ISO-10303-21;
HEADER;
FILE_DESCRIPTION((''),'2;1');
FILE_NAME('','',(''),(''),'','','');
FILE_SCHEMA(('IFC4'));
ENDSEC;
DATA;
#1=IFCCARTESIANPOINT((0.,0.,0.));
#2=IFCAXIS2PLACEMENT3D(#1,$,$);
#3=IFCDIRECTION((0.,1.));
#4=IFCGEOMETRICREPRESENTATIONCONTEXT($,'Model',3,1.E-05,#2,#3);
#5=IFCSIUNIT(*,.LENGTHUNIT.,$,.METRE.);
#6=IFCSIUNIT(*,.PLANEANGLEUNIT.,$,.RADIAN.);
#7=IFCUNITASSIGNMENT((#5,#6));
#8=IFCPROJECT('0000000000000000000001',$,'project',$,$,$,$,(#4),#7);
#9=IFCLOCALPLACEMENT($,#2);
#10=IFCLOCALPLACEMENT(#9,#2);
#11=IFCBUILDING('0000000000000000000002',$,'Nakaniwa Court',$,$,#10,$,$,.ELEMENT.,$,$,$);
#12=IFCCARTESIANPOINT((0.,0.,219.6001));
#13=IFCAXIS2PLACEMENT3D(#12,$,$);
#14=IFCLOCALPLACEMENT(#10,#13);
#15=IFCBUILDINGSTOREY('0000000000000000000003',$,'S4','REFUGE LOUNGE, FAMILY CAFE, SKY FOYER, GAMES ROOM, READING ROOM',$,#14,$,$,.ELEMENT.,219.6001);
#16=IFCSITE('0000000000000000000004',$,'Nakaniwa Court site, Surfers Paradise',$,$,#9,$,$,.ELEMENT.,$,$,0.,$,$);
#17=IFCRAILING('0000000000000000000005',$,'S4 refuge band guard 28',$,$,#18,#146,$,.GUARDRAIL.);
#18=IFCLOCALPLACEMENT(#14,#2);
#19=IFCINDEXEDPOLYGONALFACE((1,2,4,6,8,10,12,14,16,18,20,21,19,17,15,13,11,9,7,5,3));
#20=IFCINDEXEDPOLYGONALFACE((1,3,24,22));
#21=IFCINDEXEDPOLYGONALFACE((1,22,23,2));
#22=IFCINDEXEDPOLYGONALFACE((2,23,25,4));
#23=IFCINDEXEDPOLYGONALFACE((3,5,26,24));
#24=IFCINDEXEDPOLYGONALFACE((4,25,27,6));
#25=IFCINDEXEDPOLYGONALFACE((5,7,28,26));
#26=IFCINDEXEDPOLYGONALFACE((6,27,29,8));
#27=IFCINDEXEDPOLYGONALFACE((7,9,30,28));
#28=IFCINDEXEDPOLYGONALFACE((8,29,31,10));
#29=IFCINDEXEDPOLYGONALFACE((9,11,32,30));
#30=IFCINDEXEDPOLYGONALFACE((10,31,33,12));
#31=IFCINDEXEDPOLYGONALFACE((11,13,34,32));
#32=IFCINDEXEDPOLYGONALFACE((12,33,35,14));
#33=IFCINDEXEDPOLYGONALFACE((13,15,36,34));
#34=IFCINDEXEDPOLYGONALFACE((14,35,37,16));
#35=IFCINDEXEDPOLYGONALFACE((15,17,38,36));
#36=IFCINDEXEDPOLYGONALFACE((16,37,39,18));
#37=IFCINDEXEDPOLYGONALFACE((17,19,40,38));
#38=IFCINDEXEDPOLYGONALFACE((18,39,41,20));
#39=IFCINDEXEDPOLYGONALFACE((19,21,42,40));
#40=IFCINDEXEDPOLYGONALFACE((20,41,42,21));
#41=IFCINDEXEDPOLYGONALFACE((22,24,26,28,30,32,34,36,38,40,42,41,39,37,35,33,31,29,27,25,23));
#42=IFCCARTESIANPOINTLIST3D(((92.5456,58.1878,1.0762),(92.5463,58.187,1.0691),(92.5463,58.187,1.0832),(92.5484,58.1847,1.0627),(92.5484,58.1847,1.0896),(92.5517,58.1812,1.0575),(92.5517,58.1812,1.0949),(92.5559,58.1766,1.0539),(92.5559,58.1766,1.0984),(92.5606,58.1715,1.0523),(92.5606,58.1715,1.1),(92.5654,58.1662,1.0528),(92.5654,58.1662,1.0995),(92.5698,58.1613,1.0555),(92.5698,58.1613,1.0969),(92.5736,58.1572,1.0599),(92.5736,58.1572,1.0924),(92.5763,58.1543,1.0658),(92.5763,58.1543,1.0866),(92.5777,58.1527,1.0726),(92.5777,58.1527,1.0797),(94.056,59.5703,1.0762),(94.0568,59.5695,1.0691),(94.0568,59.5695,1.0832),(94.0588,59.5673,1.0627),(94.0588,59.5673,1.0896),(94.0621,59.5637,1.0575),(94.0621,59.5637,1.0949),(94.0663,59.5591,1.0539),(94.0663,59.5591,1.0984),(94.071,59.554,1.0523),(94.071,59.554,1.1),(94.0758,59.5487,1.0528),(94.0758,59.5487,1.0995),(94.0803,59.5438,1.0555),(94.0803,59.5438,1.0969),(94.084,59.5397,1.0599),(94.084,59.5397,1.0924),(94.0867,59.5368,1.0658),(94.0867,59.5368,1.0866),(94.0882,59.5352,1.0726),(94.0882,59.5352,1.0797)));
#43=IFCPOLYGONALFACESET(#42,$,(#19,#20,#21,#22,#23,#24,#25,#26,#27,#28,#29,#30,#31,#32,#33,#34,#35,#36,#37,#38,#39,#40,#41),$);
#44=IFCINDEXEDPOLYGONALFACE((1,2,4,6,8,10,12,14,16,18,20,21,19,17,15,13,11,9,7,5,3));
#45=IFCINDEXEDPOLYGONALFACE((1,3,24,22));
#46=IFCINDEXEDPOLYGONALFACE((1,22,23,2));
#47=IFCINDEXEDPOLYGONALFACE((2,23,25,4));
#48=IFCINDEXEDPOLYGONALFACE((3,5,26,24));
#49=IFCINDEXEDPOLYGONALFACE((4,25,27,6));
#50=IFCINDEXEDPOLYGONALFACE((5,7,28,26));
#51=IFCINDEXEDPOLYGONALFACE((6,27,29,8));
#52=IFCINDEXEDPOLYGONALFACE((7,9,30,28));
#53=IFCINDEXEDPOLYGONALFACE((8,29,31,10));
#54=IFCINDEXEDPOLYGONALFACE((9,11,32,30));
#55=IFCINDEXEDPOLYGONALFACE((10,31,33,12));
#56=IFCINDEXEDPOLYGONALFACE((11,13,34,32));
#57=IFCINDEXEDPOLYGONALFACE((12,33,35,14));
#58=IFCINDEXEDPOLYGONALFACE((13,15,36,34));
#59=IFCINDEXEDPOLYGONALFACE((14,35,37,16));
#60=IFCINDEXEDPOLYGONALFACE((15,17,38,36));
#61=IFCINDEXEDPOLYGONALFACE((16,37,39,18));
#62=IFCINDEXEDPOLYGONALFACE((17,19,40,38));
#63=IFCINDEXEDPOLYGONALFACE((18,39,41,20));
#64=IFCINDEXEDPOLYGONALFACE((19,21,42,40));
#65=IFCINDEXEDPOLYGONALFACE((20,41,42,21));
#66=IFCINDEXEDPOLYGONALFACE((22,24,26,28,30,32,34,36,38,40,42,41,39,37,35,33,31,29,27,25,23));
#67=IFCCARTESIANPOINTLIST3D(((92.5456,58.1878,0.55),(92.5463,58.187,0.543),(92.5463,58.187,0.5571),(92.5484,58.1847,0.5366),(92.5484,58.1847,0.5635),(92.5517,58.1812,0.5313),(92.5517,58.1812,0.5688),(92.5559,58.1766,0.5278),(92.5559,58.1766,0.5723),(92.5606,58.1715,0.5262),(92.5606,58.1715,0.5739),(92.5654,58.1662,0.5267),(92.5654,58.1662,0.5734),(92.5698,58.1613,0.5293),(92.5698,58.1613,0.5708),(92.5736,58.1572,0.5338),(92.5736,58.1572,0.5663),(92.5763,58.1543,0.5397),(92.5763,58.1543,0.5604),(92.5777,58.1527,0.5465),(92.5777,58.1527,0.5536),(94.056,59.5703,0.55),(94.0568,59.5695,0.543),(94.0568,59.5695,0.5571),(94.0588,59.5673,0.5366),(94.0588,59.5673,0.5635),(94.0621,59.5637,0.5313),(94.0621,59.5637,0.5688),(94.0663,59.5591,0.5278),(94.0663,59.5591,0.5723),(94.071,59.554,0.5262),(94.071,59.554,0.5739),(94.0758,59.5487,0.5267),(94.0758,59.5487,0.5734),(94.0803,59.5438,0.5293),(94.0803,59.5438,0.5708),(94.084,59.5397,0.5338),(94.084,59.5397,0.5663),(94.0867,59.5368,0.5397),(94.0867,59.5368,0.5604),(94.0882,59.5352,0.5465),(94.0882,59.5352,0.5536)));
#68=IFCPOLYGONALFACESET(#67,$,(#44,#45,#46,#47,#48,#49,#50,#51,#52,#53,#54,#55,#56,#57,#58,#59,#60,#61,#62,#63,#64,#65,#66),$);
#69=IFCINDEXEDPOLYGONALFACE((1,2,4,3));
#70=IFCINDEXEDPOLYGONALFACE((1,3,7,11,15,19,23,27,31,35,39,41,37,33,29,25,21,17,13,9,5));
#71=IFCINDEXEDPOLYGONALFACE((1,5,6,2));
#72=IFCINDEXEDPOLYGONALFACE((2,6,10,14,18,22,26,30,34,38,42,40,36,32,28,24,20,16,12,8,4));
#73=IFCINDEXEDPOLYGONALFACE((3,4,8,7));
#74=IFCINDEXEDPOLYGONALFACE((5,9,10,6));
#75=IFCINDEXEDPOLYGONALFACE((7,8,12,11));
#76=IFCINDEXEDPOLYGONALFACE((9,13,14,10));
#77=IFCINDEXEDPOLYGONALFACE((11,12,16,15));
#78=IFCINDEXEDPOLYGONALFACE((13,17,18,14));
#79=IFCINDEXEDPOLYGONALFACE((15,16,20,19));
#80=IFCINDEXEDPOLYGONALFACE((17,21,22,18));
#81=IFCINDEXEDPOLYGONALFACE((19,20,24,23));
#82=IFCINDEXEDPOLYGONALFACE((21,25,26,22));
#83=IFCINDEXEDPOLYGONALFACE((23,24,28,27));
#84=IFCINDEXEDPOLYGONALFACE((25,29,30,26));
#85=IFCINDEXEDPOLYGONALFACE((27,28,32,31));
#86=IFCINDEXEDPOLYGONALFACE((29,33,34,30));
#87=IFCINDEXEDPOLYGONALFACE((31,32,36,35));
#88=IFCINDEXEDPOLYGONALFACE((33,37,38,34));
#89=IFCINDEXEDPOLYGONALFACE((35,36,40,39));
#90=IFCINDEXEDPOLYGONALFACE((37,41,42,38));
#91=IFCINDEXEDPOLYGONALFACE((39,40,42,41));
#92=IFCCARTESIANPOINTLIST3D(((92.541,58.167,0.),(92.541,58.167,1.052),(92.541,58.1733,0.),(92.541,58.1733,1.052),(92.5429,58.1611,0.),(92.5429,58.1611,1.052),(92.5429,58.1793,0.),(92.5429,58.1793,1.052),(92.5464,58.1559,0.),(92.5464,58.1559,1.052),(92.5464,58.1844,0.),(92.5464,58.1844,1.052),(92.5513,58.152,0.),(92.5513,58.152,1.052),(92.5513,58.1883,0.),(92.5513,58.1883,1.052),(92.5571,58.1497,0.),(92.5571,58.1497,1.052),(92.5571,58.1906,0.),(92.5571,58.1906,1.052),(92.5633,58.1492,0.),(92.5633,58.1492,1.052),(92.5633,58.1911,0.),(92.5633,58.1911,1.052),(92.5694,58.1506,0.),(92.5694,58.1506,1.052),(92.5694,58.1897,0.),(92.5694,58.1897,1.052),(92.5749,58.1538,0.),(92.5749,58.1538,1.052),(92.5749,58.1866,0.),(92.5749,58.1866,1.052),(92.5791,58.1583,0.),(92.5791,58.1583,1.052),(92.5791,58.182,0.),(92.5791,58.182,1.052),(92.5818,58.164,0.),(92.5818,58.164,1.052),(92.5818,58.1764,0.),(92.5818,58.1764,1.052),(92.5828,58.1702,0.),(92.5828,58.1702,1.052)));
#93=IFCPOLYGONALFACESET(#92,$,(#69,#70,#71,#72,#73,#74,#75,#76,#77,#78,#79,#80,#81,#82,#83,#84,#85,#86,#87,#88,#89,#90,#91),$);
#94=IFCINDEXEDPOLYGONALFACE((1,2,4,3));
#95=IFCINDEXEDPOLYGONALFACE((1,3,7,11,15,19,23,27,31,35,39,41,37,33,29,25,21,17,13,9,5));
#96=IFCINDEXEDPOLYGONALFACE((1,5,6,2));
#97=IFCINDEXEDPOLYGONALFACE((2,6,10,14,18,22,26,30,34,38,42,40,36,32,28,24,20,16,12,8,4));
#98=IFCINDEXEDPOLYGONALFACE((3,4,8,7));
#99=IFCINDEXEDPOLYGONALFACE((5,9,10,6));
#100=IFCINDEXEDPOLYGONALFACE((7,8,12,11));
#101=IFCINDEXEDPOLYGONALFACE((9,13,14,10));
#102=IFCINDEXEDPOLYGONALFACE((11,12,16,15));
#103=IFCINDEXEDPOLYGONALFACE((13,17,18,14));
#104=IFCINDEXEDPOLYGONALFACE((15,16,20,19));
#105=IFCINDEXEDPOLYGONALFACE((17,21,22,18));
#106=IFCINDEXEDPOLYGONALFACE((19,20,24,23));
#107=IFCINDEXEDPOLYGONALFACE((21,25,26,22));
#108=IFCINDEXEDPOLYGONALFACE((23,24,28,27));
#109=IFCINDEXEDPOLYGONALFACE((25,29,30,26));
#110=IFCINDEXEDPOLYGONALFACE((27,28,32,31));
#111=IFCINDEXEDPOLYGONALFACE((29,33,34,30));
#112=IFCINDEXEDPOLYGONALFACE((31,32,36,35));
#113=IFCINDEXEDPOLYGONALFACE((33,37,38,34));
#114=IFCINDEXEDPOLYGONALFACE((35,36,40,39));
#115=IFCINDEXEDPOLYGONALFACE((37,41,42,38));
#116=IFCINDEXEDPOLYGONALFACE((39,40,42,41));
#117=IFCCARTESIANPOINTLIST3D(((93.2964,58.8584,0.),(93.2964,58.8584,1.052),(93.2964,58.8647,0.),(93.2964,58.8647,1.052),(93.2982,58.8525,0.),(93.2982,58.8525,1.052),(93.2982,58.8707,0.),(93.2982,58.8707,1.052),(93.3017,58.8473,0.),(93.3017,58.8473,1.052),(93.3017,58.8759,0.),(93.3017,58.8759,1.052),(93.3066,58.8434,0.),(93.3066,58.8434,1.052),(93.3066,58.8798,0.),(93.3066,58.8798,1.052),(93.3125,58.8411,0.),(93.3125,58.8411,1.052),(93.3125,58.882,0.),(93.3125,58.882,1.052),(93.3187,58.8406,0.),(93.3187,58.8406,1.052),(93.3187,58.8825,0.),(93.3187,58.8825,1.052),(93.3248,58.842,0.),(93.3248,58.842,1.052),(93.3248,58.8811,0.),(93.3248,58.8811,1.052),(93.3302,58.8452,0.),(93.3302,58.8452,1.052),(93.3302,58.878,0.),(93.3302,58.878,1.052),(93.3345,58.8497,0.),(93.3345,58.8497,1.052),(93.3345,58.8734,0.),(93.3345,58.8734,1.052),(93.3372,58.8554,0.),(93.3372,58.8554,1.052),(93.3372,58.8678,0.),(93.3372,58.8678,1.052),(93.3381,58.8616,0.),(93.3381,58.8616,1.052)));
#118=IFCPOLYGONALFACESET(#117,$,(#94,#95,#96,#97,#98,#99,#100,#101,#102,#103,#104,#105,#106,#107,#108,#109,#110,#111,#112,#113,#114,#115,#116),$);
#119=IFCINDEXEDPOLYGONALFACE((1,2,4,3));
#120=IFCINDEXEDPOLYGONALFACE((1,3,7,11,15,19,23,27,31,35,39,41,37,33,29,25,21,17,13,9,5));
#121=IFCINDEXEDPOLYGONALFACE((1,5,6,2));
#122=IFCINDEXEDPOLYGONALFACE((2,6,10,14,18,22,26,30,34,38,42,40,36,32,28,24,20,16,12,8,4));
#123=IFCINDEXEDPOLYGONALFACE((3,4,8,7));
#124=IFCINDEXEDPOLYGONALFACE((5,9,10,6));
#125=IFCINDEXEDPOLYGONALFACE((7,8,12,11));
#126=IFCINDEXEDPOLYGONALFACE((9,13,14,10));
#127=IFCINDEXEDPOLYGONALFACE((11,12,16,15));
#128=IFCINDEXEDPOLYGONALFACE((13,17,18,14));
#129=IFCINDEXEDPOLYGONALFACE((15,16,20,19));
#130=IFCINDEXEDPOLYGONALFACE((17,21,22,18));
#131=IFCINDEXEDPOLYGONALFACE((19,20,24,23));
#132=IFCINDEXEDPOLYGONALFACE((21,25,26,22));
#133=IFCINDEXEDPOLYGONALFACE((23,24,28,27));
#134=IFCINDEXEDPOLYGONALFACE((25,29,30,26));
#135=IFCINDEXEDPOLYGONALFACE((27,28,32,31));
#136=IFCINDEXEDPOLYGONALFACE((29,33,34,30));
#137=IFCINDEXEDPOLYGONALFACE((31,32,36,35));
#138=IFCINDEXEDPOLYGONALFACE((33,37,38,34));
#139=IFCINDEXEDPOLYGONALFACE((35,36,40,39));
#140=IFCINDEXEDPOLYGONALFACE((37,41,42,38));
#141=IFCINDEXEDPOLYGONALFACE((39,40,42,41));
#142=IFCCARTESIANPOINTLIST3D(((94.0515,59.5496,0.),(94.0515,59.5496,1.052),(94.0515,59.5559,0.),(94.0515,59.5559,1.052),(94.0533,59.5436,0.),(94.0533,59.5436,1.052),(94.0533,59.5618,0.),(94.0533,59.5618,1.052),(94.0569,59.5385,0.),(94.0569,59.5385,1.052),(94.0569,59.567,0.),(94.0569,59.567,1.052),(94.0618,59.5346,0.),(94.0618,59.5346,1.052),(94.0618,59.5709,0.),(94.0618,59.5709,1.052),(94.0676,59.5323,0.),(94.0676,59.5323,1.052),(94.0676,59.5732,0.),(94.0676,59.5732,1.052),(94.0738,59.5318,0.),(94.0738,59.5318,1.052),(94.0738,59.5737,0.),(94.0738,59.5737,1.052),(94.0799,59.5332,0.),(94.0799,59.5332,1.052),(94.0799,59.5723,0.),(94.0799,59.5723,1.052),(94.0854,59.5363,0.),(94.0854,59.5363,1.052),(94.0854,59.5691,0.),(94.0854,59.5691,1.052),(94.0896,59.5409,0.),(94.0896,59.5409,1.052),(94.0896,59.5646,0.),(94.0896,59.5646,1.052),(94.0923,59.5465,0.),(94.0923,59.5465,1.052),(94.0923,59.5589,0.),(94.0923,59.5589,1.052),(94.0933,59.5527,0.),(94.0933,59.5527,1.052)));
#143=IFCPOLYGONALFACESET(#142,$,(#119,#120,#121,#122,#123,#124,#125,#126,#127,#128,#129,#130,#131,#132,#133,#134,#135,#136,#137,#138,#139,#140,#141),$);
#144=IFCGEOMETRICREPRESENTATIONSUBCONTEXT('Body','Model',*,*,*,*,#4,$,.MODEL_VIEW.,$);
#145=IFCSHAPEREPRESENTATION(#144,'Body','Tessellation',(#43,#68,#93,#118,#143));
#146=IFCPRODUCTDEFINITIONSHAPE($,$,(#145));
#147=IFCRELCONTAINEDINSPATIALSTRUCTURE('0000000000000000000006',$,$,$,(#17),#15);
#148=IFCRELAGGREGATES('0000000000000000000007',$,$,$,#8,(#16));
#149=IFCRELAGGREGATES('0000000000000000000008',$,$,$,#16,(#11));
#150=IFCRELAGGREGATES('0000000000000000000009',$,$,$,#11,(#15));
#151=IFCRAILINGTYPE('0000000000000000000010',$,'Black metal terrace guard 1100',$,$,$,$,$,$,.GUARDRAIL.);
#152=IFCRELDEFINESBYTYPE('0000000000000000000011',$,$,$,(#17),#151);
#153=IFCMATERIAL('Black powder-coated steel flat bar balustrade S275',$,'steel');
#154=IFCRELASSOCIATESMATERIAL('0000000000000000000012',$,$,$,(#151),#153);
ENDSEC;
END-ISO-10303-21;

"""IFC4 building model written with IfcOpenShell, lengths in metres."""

from ifc_helpers import new_model, si_unit, direction, frame, origin, origin_2d, place, context, subcontext, project, spatial, circle, extrude, material, type_object, element, save


model = new_model("IFC4")

# Units and contexts
model_context = context("Model", 3, precision=1e-05, world=origin(), true_north=direction((0.0, 1.0)))
body_context = subcontext(model_context, "Body", "Model", "MODEL_VIEW")
ifc_project = project(units=[si_unit("LENGTHUNIT", "METRE"), si_unit("PLANEANGLEUNIT", "RADIAN")], contexts=[model_context])

# Site, building, storey
site_placement = place(None, origin())
site = spatial("IfcSite", under=ifc_project, at=site_placement, Name="Nakaniwa Court site, Surfers Paradise", CompositionType="ELEMENT", RefElevation=0.0)
building_placement = place(site_placement, origin())
building = spatial("IfcBuilding", under=site, at=building_placement, Name="Nakaniwa Court", CompositionType="ELEMENT")
storey_placement = place(building_placement, frame((0.0, 0.0, 219.6001)))
storey = spatial("IfcBuildingStorey", under=building, at=storey_placement, Name="S4", Description="REFUGE LOUNGE, FAMILY CAFE, SKY FOYER, GAMES ROOM, READING ROOM", CompositionType="ELEMENT", Elevation=219.6001)

# Railing
ifc_material_1 = material(Name="Black powder-coated steel flat bar balustrade S275", Category="steel")
railing_type = type_object("IfcRailingType", Name="Black metal terrace guard 1100", PredefinedType="GUARDRAIL", material=ifc_material_1)
railing_1_placement = place(storey_placement, frame((92.5618, 58.1702, 0.0)))
element("IfcRailing", 1, at=railing_1_placement, inside=storey, type_object=railing_type, Name="S4 refuge band guard 28", PredefinedType="GUARDRAIL", context=body_context, shape_type="SweptSolid", body=[
    extrude(circle(Radius=0.0239, at=origin_2d()), frame((0.0, 0.0, 1.0762), z_axis=(0.737654, 0.675179, 0.0), x_axis=(-0.675179, 0.737654, 0.0)), (0.0, 0.0, 1.0), 2.0476),
    extrude(circle(Radius=0.0239, at=origin_2d()), frame((0.0, 0.0, 0.55), z_axis=(0.737654, 0.675179, 0.0), x_axis=(-0.675179, 0.737654, 0.0)), (0.0, 0.0, 1.0), 2.0476),
    extrude(circle(Radius=0.021, at=origin_2d()), origin(), (0.0, 0.0, 1.0), 1.052),
    extrude(circle(Radius=0.021, at=origin_2d()), frame((0.7554, 0.6914, 0.0)), (0.0, 0.0, 1.0), 1.052),
    extrude(circle(Radius=0.021, at=origin_2d()), frame((1.5105, 1.3826, 0.0)), (0.0, 0.0, 1.0), 1.052),
])

save(model, "model.ifc")
